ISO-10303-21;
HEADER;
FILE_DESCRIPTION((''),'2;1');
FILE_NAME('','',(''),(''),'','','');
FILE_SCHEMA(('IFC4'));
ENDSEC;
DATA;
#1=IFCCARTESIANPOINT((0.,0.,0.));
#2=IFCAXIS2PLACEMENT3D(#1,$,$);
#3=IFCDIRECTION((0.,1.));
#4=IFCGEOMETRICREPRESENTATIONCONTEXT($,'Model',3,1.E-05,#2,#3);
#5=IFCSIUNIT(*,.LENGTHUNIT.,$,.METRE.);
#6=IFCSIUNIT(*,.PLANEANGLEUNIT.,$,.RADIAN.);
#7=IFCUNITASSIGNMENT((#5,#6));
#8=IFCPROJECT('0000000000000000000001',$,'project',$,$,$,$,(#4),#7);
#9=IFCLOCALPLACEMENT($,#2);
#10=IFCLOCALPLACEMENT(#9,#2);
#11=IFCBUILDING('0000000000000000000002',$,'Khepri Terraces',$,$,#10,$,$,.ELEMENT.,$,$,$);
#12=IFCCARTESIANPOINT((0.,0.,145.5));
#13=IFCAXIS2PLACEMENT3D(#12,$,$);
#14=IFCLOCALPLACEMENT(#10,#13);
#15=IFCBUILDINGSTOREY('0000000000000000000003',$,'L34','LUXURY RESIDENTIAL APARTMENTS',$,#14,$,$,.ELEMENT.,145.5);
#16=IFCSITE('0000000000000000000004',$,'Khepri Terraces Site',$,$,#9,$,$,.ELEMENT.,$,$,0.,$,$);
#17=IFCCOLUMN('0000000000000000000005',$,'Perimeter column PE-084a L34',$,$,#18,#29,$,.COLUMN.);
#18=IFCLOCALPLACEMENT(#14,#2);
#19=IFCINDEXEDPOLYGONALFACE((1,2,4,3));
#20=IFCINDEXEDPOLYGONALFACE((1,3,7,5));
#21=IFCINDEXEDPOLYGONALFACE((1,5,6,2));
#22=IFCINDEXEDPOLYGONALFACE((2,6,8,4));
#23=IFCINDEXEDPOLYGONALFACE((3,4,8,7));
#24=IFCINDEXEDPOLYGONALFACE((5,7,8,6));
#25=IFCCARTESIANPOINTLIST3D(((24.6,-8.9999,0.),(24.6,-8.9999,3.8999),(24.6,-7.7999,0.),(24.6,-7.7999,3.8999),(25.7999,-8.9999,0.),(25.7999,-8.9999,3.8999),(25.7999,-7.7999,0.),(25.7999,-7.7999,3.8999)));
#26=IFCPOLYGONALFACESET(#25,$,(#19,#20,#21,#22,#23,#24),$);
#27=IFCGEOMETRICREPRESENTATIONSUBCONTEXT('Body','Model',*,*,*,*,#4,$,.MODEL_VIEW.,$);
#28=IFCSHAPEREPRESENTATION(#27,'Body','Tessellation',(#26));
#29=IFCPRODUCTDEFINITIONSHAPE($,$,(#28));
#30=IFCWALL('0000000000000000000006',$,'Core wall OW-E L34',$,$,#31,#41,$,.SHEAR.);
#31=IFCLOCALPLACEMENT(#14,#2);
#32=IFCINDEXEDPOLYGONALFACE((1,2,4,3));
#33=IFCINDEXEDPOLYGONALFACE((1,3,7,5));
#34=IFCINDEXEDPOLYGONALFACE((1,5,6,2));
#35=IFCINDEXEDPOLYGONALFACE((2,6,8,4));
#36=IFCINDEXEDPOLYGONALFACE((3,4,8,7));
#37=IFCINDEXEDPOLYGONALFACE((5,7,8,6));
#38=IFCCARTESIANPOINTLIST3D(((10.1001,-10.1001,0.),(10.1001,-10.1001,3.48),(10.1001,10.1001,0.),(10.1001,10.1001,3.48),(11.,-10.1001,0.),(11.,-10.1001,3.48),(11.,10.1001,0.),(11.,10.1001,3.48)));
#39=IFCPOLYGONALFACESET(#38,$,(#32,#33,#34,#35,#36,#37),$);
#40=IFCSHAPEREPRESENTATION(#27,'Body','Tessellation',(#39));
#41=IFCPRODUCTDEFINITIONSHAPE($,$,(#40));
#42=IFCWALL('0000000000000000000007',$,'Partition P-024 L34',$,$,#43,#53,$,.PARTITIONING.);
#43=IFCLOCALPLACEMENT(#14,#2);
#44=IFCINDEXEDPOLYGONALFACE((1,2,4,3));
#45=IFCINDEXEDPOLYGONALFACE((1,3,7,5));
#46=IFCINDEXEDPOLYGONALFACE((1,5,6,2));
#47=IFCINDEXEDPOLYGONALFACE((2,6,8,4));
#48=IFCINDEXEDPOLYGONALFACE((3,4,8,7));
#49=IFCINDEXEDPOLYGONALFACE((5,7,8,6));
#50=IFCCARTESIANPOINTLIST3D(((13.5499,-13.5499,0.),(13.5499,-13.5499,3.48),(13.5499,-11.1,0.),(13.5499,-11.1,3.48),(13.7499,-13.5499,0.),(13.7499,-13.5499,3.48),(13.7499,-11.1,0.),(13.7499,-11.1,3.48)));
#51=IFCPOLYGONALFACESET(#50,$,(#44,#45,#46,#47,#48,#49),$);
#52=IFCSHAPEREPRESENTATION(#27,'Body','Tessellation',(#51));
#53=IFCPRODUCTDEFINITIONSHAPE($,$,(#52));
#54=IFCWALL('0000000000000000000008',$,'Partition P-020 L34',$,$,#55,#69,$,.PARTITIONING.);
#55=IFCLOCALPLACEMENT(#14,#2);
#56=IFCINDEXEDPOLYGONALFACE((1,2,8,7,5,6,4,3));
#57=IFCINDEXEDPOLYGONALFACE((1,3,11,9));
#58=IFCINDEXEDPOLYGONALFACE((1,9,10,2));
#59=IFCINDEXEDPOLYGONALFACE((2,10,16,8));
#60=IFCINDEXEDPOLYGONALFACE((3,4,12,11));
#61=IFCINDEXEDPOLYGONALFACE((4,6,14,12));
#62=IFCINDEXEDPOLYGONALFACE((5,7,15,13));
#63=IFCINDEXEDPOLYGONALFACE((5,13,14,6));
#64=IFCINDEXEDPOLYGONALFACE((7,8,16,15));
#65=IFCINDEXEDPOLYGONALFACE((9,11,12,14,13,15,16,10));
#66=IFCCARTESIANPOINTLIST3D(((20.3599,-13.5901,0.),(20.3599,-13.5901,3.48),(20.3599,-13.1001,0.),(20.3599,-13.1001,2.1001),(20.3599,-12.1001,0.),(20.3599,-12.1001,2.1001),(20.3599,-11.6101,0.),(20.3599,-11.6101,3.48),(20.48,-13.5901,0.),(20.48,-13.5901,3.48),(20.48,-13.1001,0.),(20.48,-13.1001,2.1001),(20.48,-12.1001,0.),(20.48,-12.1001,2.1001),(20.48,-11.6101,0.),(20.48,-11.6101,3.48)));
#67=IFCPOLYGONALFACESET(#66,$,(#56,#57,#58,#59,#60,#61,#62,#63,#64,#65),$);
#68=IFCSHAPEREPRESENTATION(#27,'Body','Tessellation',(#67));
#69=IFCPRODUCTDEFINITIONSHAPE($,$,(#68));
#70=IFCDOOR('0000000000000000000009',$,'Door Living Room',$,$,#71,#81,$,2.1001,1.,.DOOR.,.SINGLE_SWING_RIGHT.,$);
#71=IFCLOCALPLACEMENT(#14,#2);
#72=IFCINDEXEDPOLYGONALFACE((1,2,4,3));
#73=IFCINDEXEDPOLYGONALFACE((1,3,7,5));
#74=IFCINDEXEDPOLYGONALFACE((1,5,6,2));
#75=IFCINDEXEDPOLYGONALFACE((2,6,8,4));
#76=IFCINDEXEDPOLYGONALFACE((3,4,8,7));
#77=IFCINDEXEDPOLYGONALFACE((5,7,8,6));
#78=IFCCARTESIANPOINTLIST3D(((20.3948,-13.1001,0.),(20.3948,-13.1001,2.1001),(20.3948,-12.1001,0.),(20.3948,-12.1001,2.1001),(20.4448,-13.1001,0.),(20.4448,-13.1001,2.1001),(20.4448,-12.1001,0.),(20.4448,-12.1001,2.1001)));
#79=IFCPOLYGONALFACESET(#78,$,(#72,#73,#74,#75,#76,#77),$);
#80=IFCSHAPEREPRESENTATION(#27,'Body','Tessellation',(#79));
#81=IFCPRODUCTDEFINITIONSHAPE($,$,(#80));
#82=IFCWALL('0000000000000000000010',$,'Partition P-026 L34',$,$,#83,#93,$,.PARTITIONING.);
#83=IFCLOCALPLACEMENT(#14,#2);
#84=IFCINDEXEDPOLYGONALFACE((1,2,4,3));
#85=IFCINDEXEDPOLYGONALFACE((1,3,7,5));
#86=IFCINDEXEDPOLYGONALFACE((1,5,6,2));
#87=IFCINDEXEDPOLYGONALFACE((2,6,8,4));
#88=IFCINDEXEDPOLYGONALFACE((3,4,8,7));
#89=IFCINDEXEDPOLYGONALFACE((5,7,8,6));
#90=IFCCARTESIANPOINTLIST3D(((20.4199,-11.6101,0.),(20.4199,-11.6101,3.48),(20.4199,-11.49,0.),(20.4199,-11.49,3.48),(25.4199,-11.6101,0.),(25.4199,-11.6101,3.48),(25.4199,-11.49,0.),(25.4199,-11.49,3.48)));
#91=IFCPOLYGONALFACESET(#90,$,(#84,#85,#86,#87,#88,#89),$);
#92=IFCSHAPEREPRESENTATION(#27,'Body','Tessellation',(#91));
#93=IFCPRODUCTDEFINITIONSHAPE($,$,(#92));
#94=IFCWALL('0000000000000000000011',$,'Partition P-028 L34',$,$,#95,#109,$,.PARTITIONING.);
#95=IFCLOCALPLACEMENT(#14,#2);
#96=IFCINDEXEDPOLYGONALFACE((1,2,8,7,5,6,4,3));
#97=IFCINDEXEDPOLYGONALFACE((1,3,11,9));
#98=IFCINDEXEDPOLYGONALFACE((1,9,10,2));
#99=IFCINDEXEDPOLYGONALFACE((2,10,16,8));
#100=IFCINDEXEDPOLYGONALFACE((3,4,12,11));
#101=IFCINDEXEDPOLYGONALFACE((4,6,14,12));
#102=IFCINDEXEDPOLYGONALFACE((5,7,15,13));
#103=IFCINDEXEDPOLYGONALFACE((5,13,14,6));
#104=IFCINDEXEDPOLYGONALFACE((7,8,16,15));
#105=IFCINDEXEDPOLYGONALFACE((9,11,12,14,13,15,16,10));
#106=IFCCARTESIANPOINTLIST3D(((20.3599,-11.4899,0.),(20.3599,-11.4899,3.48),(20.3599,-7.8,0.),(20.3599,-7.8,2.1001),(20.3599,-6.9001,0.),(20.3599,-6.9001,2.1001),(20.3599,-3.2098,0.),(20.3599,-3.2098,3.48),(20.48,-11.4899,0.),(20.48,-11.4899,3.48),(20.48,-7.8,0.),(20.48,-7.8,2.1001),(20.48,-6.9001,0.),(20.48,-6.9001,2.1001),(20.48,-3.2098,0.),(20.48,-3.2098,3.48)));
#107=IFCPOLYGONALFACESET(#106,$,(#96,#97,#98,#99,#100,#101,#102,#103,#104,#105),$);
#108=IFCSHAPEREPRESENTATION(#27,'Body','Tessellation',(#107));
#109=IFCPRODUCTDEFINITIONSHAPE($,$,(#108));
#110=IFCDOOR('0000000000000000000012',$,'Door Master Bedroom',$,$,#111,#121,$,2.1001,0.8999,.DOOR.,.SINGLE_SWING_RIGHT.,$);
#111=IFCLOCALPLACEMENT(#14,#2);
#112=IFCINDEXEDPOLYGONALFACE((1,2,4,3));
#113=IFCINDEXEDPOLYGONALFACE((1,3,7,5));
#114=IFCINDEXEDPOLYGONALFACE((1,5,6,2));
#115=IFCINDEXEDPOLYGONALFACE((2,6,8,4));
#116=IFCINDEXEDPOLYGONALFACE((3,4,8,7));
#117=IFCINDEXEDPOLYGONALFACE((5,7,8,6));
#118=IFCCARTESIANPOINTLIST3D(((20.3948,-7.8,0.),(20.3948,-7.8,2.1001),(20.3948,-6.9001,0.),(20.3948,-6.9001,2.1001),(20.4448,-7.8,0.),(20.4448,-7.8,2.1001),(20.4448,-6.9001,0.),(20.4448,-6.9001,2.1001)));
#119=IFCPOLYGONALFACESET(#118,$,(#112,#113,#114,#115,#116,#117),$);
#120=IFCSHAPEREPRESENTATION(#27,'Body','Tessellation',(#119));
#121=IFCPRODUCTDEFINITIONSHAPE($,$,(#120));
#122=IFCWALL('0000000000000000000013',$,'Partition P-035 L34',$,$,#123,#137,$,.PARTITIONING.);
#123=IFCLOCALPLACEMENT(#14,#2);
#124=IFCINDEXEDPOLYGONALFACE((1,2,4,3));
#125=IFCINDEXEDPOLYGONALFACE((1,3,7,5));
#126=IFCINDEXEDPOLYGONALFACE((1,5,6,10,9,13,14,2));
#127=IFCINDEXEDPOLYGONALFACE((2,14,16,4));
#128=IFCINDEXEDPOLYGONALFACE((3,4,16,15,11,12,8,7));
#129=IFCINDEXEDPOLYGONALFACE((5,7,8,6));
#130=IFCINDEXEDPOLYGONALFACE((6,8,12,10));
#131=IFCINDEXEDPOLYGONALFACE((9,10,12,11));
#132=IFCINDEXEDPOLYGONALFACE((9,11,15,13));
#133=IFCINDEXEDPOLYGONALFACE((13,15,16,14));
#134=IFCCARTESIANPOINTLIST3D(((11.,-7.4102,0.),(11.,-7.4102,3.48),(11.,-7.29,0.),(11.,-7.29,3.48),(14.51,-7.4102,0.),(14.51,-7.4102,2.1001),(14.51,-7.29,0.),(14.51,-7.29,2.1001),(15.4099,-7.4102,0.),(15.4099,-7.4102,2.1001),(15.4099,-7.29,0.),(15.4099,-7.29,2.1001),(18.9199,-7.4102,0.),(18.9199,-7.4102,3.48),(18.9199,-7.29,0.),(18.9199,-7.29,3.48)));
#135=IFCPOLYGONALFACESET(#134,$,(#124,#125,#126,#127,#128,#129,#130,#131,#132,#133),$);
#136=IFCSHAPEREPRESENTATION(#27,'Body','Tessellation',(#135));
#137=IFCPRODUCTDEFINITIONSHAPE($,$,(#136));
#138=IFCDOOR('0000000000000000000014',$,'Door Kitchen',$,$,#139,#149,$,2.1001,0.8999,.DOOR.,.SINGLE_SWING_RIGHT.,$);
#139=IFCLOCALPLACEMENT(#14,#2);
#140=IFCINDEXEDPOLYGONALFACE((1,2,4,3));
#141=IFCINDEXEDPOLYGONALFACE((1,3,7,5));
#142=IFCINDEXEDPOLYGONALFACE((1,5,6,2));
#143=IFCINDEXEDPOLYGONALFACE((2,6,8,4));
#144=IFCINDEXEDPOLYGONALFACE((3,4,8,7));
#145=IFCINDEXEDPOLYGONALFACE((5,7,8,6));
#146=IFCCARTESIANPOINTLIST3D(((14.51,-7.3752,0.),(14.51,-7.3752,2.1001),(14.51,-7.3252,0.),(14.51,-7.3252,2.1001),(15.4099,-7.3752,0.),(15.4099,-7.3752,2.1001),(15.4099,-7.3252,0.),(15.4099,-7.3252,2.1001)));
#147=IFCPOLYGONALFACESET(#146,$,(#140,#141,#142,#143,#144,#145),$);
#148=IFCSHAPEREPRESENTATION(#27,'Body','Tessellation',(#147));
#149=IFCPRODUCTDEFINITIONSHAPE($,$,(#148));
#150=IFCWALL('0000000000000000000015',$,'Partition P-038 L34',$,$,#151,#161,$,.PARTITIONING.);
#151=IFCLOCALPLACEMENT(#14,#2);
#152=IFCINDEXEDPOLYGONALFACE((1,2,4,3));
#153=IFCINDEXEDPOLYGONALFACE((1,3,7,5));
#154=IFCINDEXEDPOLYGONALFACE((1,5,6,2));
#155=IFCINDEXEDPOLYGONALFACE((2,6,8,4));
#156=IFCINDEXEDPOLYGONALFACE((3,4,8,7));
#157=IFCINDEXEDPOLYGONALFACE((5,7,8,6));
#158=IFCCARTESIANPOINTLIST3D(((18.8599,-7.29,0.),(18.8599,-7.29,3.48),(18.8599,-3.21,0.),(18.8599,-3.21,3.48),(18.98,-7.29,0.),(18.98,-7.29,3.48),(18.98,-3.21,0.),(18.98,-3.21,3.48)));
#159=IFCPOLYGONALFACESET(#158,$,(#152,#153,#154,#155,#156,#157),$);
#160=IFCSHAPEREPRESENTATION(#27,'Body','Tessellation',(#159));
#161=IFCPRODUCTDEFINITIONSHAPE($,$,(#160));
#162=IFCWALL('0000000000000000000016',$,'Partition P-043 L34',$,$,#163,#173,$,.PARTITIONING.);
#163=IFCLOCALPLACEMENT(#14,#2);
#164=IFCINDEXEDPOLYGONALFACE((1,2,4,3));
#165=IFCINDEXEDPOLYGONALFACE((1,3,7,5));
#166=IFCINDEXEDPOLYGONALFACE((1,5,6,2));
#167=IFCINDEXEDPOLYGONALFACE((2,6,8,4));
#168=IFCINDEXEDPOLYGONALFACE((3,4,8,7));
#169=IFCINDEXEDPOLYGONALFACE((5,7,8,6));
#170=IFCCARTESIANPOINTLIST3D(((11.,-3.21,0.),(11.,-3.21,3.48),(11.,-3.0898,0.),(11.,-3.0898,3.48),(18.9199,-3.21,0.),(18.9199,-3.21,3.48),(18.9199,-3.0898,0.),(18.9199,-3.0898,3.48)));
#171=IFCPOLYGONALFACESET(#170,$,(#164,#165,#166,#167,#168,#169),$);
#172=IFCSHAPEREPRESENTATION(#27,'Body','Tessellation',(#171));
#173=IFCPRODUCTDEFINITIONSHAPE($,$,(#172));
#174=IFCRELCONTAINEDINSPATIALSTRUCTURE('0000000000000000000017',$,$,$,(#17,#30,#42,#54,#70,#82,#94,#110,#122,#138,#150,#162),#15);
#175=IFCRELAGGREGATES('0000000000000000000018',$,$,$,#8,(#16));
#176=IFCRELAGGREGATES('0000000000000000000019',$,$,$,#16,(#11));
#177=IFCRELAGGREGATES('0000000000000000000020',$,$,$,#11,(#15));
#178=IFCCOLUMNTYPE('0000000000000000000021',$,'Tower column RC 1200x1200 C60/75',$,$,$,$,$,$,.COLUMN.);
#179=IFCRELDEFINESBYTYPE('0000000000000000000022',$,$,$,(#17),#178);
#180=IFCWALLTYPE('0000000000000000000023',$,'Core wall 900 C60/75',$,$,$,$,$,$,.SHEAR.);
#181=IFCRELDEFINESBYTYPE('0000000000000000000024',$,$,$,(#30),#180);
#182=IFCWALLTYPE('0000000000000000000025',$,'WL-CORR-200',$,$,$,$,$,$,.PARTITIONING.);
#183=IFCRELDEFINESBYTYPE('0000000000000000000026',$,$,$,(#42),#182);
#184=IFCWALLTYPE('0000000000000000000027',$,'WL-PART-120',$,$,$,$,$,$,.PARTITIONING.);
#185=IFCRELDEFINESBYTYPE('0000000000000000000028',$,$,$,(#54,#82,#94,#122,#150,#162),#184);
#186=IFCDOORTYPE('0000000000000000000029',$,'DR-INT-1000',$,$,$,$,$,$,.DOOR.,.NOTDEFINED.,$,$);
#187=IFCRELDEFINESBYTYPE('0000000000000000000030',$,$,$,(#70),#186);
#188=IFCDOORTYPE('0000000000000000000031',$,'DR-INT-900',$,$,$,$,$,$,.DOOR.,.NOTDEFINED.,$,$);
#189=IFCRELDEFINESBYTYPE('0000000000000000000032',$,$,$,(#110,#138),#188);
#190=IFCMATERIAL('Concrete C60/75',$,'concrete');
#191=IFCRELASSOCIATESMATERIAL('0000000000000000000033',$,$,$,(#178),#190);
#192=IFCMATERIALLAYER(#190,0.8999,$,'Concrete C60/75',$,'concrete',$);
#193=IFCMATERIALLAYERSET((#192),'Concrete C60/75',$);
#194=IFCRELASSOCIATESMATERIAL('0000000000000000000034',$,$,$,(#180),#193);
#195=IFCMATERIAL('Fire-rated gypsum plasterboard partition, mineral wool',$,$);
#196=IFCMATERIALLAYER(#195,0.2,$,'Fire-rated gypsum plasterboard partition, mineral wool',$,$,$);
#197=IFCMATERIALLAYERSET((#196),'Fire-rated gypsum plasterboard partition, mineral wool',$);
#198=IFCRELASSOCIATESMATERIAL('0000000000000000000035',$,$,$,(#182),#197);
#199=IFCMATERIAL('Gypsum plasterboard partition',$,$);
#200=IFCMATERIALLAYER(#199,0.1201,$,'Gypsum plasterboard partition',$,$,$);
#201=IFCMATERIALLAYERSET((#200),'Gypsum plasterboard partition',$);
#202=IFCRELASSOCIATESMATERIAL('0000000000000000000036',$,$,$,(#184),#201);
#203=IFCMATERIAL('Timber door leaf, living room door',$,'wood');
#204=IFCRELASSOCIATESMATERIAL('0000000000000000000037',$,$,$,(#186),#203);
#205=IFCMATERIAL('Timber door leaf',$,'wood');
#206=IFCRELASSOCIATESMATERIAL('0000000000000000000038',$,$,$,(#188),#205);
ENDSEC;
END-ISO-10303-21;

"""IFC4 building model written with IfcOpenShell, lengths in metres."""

from ifc_helpers import new_model, si_unit, direction, frame, frame_2d, origin, origin_2d, place, context, subcontext, project, spatial, rectangle, extrude, material, layer, layer_set, material_profile, profile_set, type_object, element, fill, save


model = new_model("IFC4")

# Units and contexts
model_context = context("Model", 3, precision=1e-05, world=origin(), true_north=direction((0.0, 1.0)))
body_context = subcontext(model_context, "Body", "Model", "MODEL_VIEW")
ifc_project = project(units=[si_unit("LENGTHUNIT", "METRE"), si_unit("PLANEANGLEUNIT", "RADIAN")], contexts=[model_context])

# Site, building, storey
site_placement = place(None, origin())
site = spatial("IfcSite", under=ifc_project, at=site_placement, Name="Khepri Terraces Site", CompositionType="ELEMENT", RefElevation=0.0)
building_placement = place(site_placement, origin())
building = spatial("IfcBuilding", under=site, at=building_placement, Name="Khepri Terraces", CompositionType="ELEMENT")
storey_placement = place(building_placement, frame((0.0, 0.0, 145.5)))
storey = spatial("IfcBuildingStorey", under=building, at=storey_placement, Name="L34", Description="LUXURY RESIDENTIAL APARTMENTS", CompositionType="ELEMENT", Elevation=145.5)

# Column
ifc_material_1 = material(Name="Concrete C60/75", Category="concrete")
ifc_material_profile = material_profile(ifc_material_1, rectangle(XDim=1.2, YDim=1.2, at=origin_2d()), Name="Concrete C60/75", Category="concrete")
ifc_profile_set = profile_set([ifc_material_profile], Name="Concrete C60/75")
column_type = type_object("IfcColumnType", Name="Tower column RC 1200x1200 C60/75", PredefinedType="COLUMN", material=ifc_profile_set)
column_placement = place(storey_placement, frame((25.2, -8.3999, 0.0), z_axis=(0.0, 0.0, 1.0), x_axis=(1.0, 0.0, 0.0)))
element("IfcColumn", 1, at=column_placement, inside=storey, type_object=column_type, Name="Perimeter column PE-084a L34", PredefinedType="COLUMN", context=body_context, shape_type="SweptSolid", body=[
    extrude(rectangle(XDim=1.2, YDim=1.2, at=origin_2d()), origin(), (0.0, 0.0, 1.0), 3.8999),
])

# Walls
ifc_layer_1 = layer(ifc_material_1, 0.8999, Name="Concrete C60/75", Category="concrete")
ifc_layer_set_1 = layer_set([ifc_layer_1], Name="Concrete C60/75")
wall_type_1 = type_object("IfcWallType", Name="Core wall 900 C60/75", PredefinedType="SHEAR", material=ifc_layer_set_1)
wall_1_placement = place(storey_placement, frame((10.55, -10.1001, 0.0), z_axis=(0.0, 0.0, 1.0), x_axis=(0.0, 1.0, 0.0)))
element("IfcWall", 2, at=wall_1_placement, inside=storey, type_object=wall_type_1, Name="Core wall OW-E L34", PredefinedType="SHEAR", context=body_context, shape_type="SweptSolid", body=[
    extrude(rectangle(XDim=20.2002, YDim=0.8999, at=frame_2d((10.1001, 0.0))), origin(), (0.0, 0.0, 1.0), 3.48),
])
ifc_material_2 = material(Name="Fire-rated gypsum plasterboard partition, mineral wool")
ifc_layer_2 = layer(ifc_material_2, 0.2, Name="Fire-rated gypsum plasterboard partition, mineral wool")
ifc_layer_set_2 = layer_set([ifc_layer_2], Name="Fire-rated gypsum plasterboard partition, mineral wool")
wall_type_2 = type_object("IfcWallType", Name="WL-CORR-200", PredefinedType="PARTITIONING", material=ifc_layer_set_2)
wall_2_placement = place(storey_placement, frame((13.6499, -13.55, 0.0), z_axis=(0.0, 0.0, 1.0), x_axis=(0.0, 1.0, 0.0)))
element("IfcWall", 3, at=wall_2_placement, inside=storey, type_object=wall_type_2, Name="Partition P-024 L34", PredefinedType="PARTITIONING", context=body_context, shape_type="SweptSolid", body=[
    extrude(rectangle(XDim=2.45, YDim=0.2, at=frame_2d((1.2251, 0.0))), origin(), (0.0, 0.0, 1.0), 3.48),
])

# Wall, opening, door
ifc_material_3 = material(Name="Gypsum plasterboard partition")
ifc_layer_3 = layer(ifc_material_3, 0.1201, Name="Gypsum plasterboard partition")
ifc_layer_set_3 = layer_set([ifc_layer_3], Name="Gypsum plasterboard partition")
wall_type_3 = type_object("IfcWallType", Name="WL-PART-120", PredefinedType="PARTITIONING", material=ifc_layer_set_3)
wall_3_placement = place(storey_placement, frame((20.4199, -13.5901, 0.0), z_axis=(0.0, 0.0, 1.0), x_axis=(0.0, 1.0, 0.0)))
wall_3 = element("IfcWall", 4, at=wall_3_placement, inside=storey, type_object=wall_type_3, Name="Partition P-020 L34", PredefinedType="PARTITIONING", context=body_context, shape_type="SweptSolid", body=[
    extrude(rectangle(XDim=1.98, YDim=0.1201, at=frame_2d((0.99, 0.0))), origin(), (0.0, 0.0, 1.0), 3.48),
])
opening_1_placement = place(wall_3_placement, frame((0.49, 0.0, 0.0)))
opening_1 = element("IfcOpeningElement", 5, at=opening_1_placement, cuts=wall_3, PredefinedType="OPENING", context=body_context, shape_type="SweptSolid", body=[
    extrude(rectangle(XDim=1.0, YDim=2.1001, at=frame_2d((0.5, 1.05))), frame((0.0, 0.0701, 0.0), z_axis=(0.0, -1.0, 0.0), x_axis=(1.0, 0.0, 0.0)), (0.0, 0.0, 1.0), 0.1401),
])
ifc_material_4 = material(Name="Timber door leaf, living room door", Category="wood")
door_type_1 = type_object("IfcDoorType", Name="DR-INT-1000", OperationType="NOTDEFINED", PredefinedType="DOOR", material=ifc_material_4)
door_1_placement = place(opening_1_placement, frame((1.0, 0.0, 0.0), z_axis=(0.0, 0.0, 1.0), x_axis=(-1.0, 0.0, 0.0)))
door_1 = element("IfcDoor", 6, at=door_1_placement, inside=storey, type_object=door_type_1, Name="Door Living Room", OperationType="SINGLE_SWING_RIGHT", OverallHeight=2.1001, OverallWidth=1.0, PredefinedType="DOOR", context=body_context, shape_type="SweptSolid", body=[
    extrude(rectangle(XDim=1.0, YDim=2.1001, at=frame_2d((0.5, 1.05))), frame((0.0, 0.0249, 0.0), z_axis=(0.0, -1.0, 0.0), x_axis=(1.0, 0.0, 0.0)), (0.0, 0.0, 1.0), 0.05),
])
fill(opening_1, door_1)

# Wall
wall_4_placement = place(storey_placement, frame((20.4199, -11.55, 0.0), z_axis=(0.0, 0.0, 1.0), x_axis=(1.0, 0.0, 0.0)))
element("IfcWall", 7, at=wall_4_placement, inside=storey, type_object=wall_type_3, Name="Partition P-026 L34", PredefinedType="PARTITIONING", context=body_context, shape_type="SweptSolid", body=[
    extrude(rectangle(XDim=5.0, YDim=0.1201, at=frame_2d((2.5, 0.0))), origin(), (0.0, 0.0, 1.0), 3.48),
])

# Walls, openings, doors
wall_5_placement = place(storey_placement, frame((20.4199, -11.49, 0.0), z_axis=(0.0, 0.0, 1.0), x_axis=(0.0, 1.0, 0.0)))
wall_5 = element("IfcWall", 8, at=wall_5_placement, inside=storey, type_object=wall_type_3, Name="Partition P-028 L34", PredefinedType="PARTITIONING", context=body_context, shape_type="SweptSolid", body=[
    extrude(rectangle(XDim=8.28, YDim=0.1201, at=frame_2d((4.1401, 0.0))), origin(), (0.0, 0.0, 1.0), 3.48),
])
opening_2_placement = place(wall_5_placement, frame((3.6899, 0.0, 0.0)))
opening_2 = element("IfcOpeningElement", 9, at=opening_2_placement, cuts=wall_5, PredefinedType="OPENING", context=body_context, shape_type="SweptSolid", body=[
    extrude(rectangle(XDim=0.8999, YDim=2.1001, at=frame_2d((0.45, 1.05))), frame((0.0, 0.0701, 0.0), z_axis=(0.0, -1.0, 0.0), x_axis=(1.0, 0.0, 0.0)), (0.0, 0.0, 1.0), 0.1401),
])
ifc_material_5 = material(Name="Timber door leaf", Category="wood")
door_type_2 = type_object("IfcDoorType", Name="DR-INT-900", OperationType="NOTDEFINED", PredefinedType="DOOR", material=ifc_material_5)
door_2_placement = place(opening_2_placement, frame((0.8999, 0.0, 0.0), z_axis=(0.0, 0.0, 1.0), x_axis=(-1.0, 0.0, 0.0)))
door_2 = element("IfcDoor", 10, at=door_2_placement, inside=storey, type_object=door_type_2, Name="Door Master Bedroom", OperationType="SINGLE_SWING_RIGHT", OverallHeight=2.1001, OverallWidth=0.8999, PredefinedType="DOOR", context=body_context, shape_type="SweptSolid", body=[
    extrude(rectangle(XDim=0.8999, YDim=2.1001, at=frame_2d((0.45, 1.05))), frame((0.0, 0.0249, 0.0), z_axis=(0.0, -1.0, 0.0), x_axis=(1.0, 0.0, 0.0)), (0.0, 0.0, 1.0), 0.05),
])
fill(opening_2, door_2)
wall_6_placement = place(storey_placement, frame((11.0, -7.3501, 0.0), z_axis=(0.0, 0.0, 1.0), x_axis=(1.0, 0.0, 0.0)))
wall_6 = element("IfcWall", 11, at=wall_6_placement, inside=storey, type_object=wall_type_3, Name="Partition P-035 L34", PredefinedType="PARTITIONING", context=body_context, shape_type="SweptSolid", body=[
    extrude(rectangle(XDim=7.9199, YDim=0.1201, at=frame_2d((3.96, 0.0))), origin(), (0.0, 0.0, 1.0), 3.48),
])
opening_3_placement = place(wall_6_placement, frame((3.51, 0.0, 0.0)))
opening_3 = element("IfcOpeningElement", 12, at=opening_3_placement, cuts=wall_6, PredefinedType="OPENING", context=body_context, shape_type="SweptSolid", body=[
    extrude(rectangle(XDim=0.8999, YDim=2.1001, at=frame_2d((0.45, 1.05))), frame((0.0, 0.0701, 0.0), z_axis=(0.0, -1.0, 0.0), x_axis=(1.0, 0.0, 0.0)), (0.0, 0.0, 1.0), 0.1401),
])
door_3_placement = place(opening_3_placement, origin())
door_3 = element("IfcDoor", 13, at=door_3_placement, inside=storey, type_object=door_type_2, Name="Door Kitchen", OperationType="SINGLE_SWING_RIGHT", OverallHeight=2.1001, OverallWidth=0.8999, PredefinedType="DOOR", context=body_context, shape_type="SweptSolid", body=[
    extrude(rectangle(XDim=0.8999, YDim=2.1001, at=frame_2d((0.45, 1.05))), frame((0.0, 0.0249, 0.0), z_axis=(0.0, -1.0, 0.0), x_axis=(1.0, 0.0, 0.0)), (0.0, 0.0, 1.0), 0.05),
])
fill(opening_3, door_3)

# Walls
wall_7_placement = place(storey_placement, frame((18.9199, -7.29, 0.0), z_axis=(0.0, 0.0, 1.0), x_axis=(0.0, 1.0, 0.0)))
element("IfcWall", 14, at=wall_7_placement, inside=storey, type_object=wall_type_3, Name="Partition P-038 L34", PredefinedType="PARTITIONING", context=body_context, shape_type="SweptSolid", body=[
    extrude(rectangle(XDim=4.0801, YDim=0.1201, at=frame_2d((2.04, 0.0))), origin(), (0.0, 0.0, 1.0), 3.48),
])
wall_8_placement = place(storey_placement, frame((11.0, -3.1499, 0.0), z_axis=(0.0, 0.0, 1.0), x_axis=(1.0, 0.0, 0.0)))
element("IfcWall", 15, at=wall_8_placement, inside=storey, type_object=wall_type_3, Name="Partition P-043 L34", PredefinedType="PARTITIONING", context=body_context, shape_type="SweptSolid", body=[
    extrude(rectangle(XDim=7.9199, YDim=0.1201, at=frame_2d((3.96, 0.0))), origin(), (0.0, 0.0, 1.0), 3.48),
])

save(model, "model.ifc")
